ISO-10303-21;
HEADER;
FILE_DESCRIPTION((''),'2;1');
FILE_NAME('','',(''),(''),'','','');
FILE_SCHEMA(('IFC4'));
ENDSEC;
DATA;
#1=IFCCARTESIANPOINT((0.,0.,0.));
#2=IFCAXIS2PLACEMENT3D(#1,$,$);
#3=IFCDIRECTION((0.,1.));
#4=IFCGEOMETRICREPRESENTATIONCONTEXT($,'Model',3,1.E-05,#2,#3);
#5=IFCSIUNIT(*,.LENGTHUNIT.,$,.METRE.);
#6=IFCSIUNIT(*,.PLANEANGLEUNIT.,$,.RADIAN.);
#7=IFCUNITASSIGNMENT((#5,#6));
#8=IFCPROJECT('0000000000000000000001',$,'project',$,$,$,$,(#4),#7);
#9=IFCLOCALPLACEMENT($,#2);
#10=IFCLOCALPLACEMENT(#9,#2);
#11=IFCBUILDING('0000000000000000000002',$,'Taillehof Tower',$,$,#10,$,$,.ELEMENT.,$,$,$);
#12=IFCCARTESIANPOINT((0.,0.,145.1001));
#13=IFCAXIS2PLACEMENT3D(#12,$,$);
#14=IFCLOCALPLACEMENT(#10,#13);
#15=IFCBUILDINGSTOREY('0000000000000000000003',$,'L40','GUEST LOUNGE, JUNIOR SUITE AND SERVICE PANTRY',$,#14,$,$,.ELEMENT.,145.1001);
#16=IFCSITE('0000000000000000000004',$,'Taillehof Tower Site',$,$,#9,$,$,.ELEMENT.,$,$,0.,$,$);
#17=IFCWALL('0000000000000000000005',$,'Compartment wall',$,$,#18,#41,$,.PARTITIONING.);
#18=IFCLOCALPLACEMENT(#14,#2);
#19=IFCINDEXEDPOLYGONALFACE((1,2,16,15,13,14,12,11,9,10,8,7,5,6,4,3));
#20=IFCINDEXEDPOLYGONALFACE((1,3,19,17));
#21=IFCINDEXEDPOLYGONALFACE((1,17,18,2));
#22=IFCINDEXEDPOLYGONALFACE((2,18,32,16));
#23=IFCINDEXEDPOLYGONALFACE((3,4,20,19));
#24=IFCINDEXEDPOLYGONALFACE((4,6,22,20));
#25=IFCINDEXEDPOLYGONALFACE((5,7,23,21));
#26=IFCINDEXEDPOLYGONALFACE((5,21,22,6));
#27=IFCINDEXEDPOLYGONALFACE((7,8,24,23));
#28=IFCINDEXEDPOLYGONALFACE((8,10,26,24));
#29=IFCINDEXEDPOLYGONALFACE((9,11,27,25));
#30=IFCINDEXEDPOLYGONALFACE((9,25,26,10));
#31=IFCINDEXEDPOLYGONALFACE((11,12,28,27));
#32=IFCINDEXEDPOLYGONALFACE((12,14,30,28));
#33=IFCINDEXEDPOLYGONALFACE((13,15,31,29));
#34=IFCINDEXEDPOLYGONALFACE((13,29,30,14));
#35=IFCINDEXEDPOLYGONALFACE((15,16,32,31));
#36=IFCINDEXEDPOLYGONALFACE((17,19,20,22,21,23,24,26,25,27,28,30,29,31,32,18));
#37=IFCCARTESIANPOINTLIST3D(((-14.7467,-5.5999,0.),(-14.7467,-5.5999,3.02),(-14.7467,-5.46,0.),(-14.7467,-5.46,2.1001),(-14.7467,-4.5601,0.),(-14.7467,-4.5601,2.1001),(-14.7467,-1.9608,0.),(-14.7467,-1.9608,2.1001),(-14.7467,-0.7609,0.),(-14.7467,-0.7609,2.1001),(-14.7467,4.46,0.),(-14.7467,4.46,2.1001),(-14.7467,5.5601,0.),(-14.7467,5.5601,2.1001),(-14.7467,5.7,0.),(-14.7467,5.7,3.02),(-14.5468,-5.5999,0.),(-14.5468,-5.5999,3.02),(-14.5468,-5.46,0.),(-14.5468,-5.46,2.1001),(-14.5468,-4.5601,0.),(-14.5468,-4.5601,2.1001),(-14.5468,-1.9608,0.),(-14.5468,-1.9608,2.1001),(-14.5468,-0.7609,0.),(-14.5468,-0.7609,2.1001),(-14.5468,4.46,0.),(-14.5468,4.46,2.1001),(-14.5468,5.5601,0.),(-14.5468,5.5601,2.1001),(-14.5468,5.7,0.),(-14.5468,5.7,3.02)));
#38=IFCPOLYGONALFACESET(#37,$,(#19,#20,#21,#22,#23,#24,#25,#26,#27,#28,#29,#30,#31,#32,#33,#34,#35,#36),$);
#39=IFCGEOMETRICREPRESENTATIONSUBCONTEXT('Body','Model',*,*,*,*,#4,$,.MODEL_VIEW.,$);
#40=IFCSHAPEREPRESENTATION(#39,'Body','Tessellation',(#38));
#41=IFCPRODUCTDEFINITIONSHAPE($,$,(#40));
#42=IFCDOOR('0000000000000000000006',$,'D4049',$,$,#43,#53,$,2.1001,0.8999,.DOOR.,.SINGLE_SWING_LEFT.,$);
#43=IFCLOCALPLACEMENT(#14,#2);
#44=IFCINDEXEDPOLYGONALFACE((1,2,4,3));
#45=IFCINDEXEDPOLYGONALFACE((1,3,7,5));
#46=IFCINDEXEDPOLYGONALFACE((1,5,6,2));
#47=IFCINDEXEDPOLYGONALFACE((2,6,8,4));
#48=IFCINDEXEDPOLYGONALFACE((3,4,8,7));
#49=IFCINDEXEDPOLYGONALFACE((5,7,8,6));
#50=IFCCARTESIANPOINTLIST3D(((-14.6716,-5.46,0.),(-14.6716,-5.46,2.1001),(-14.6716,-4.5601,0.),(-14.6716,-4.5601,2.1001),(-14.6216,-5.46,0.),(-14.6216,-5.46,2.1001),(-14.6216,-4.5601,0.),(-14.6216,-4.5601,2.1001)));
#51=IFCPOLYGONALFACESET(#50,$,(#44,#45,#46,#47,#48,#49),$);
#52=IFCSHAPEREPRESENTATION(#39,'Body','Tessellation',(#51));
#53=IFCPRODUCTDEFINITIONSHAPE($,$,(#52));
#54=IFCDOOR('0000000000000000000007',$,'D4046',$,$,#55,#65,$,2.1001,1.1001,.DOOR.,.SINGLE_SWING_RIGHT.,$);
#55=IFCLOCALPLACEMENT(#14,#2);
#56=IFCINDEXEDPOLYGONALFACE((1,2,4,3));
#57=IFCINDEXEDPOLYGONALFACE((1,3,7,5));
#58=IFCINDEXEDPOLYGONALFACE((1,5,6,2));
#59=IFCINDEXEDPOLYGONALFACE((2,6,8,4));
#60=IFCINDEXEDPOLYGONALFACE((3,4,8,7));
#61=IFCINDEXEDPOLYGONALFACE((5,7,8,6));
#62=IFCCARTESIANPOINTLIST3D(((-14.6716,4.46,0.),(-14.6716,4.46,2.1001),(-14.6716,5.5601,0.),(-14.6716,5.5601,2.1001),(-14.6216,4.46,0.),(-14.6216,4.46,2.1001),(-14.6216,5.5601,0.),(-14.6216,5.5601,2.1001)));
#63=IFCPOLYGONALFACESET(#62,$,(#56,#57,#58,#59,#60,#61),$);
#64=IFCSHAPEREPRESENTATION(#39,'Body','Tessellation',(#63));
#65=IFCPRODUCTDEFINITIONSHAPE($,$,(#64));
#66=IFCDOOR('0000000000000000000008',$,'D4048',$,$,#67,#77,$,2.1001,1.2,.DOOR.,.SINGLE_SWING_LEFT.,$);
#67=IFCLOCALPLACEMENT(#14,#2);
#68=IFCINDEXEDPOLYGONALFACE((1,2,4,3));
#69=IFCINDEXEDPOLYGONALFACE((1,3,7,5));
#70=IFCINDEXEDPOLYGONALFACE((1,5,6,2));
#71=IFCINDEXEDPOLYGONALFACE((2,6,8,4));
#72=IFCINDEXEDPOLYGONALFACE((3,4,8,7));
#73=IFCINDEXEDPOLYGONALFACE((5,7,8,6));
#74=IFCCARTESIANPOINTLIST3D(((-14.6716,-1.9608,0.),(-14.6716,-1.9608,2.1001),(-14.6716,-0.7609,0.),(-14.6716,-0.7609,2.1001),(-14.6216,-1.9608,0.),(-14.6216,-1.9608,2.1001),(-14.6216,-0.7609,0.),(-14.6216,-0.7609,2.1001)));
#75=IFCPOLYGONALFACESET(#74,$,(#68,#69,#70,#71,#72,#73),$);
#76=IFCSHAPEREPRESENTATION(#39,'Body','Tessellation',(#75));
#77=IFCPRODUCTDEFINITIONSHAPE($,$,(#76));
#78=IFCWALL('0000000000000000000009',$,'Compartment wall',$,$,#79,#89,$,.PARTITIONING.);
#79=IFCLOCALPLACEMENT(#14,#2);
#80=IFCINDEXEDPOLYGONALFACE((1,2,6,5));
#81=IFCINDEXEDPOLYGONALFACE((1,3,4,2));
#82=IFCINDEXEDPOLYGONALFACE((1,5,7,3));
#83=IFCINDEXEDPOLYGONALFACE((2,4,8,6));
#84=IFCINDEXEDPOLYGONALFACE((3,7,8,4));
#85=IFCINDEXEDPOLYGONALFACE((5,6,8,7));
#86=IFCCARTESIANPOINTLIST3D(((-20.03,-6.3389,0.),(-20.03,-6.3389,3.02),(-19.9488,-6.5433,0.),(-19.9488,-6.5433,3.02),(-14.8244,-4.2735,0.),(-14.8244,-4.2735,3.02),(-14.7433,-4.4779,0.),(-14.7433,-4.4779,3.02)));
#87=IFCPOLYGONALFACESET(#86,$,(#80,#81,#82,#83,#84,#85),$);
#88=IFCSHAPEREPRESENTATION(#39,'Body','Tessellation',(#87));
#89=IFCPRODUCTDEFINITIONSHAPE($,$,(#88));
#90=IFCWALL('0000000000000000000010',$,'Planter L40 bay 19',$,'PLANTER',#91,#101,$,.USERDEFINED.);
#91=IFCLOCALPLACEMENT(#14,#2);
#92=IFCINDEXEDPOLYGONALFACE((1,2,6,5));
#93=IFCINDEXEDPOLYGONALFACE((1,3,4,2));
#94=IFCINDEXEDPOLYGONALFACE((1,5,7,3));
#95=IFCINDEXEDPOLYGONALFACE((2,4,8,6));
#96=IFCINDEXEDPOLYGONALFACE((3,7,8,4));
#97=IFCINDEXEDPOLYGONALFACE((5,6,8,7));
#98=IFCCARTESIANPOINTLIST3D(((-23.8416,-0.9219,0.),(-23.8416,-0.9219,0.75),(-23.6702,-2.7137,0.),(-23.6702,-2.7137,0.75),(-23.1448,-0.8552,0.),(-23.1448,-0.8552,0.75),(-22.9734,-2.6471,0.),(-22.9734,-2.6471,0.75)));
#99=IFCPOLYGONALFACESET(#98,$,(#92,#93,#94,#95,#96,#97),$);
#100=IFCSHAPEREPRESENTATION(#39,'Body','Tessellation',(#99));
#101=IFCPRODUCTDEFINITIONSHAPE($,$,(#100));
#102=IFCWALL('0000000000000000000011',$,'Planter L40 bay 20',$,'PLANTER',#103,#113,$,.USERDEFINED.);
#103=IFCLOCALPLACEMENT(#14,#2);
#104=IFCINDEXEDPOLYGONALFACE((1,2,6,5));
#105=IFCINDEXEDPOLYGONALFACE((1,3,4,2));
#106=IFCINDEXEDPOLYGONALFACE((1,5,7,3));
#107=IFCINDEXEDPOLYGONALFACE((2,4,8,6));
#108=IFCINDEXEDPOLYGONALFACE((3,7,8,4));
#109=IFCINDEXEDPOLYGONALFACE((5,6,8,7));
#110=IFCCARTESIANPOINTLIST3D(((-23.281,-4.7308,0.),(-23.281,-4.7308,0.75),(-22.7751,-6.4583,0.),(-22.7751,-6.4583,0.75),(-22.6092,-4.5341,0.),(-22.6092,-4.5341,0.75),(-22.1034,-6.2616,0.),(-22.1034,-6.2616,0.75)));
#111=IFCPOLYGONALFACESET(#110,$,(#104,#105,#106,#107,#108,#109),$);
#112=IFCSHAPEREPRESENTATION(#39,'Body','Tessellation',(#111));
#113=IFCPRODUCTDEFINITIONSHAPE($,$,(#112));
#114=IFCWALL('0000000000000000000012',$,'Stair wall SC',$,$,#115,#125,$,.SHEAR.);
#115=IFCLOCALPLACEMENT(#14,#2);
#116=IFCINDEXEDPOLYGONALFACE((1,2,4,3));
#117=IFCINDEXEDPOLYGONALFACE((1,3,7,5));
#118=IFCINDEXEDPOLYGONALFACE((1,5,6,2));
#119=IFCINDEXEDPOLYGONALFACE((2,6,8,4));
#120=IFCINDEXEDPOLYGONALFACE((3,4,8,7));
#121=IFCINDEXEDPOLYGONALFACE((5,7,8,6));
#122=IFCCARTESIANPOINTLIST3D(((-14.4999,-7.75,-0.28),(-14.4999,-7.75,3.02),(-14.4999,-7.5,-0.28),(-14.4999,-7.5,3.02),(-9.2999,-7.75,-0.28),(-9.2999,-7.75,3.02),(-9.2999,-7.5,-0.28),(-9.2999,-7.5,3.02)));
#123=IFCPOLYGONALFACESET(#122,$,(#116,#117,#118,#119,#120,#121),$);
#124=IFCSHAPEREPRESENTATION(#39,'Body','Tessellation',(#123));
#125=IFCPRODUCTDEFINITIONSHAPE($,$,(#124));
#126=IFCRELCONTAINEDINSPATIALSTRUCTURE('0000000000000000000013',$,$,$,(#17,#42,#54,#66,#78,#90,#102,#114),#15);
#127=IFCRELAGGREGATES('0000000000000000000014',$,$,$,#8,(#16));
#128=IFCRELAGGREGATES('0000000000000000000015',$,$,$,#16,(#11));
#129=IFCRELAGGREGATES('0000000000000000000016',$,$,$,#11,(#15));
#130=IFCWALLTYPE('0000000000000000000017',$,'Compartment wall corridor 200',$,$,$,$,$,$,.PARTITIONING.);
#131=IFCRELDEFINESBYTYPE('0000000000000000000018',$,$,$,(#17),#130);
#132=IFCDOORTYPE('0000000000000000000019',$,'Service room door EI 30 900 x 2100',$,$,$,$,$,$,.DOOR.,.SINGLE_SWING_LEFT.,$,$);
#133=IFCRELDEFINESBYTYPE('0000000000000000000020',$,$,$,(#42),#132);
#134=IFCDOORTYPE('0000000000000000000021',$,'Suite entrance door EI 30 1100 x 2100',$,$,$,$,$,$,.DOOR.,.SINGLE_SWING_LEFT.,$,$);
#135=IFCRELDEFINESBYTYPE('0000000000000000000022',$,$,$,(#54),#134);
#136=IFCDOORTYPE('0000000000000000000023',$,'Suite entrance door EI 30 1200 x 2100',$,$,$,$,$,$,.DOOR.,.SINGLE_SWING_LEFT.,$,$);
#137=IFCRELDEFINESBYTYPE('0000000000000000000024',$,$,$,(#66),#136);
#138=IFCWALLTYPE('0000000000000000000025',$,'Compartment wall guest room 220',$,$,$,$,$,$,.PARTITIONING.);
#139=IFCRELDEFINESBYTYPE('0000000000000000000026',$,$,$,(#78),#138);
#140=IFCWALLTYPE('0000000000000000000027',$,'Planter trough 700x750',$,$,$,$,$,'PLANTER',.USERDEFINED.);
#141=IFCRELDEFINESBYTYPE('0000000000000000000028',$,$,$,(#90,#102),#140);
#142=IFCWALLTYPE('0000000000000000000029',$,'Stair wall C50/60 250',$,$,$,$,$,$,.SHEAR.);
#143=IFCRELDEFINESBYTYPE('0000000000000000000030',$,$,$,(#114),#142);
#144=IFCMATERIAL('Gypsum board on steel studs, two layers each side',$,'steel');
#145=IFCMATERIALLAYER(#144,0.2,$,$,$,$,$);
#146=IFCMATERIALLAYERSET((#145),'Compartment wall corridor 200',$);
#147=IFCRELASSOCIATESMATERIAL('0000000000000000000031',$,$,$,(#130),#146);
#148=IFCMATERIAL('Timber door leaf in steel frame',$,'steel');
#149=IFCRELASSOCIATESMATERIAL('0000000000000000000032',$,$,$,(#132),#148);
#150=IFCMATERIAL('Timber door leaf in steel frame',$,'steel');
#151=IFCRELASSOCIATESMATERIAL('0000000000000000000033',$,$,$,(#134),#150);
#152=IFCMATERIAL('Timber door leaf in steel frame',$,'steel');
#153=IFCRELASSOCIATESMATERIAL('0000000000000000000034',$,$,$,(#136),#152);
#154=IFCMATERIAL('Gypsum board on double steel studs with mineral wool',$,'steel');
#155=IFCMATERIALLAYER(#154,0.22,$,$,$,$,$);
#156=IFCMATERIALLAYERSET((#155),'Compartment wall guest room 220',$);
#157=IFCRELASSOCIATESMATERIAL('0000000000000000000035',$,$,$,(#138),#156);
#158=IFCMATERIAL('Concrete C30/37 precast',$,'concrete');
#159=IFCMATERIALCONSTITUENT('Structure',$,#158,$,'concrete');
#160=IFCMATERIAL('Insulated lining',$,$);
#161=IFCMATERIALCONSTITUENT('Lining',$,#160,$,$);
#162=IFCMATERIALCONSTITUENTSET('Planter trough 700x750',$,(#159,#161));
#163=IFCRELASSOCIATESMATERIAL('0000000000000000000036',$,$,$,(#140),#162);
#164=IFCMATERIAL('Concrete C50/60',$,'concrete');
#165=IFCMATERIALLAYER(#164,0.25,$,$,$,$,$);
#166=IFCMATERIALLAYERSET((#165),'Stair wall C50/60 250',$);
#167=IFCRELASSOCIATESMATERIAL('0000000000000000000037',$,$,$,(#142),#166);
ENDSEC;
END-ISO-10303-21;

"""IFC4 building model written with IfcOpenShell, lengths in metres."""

from ifc_helpers import new_model, si_unit, direction, frame, frame_2d, origin, place, context, subcontext, project, spatial, rectangle, extrude, material, layer, layer_set, constituent, constituent_set, type_object, element, fill, save


model = new_model("IFC4")

# Units and contexts
model_context = context("Model", 3, precision=1e-05, world=origin(), true_north=direction((0.0, 1.0)))
body_context = subcontext(model_context, "Body", "Model", "MODEL_VIEW")
ifc_project = project(units=[si_unit("LENGTHUNIT", "METRE"), si_unit("PLANEANGLEUNIT", "RADIAN")], contexts=[model_context])

# Site, building, storey
site_placement = place(None, origin())
site = spatial("IfcSite", under=ifc_project, at=site_placement, Name="Taillehof Tower Site", CompositionType="ELEMENT", RefElevation=0.0)
building_placement = place(site_placement, origin())
building = spatial("IfcBuilding", under=site, at=building_placement, Name="Taillehof Tower", CompositionType="ELEMENT")
storey_placement = place(building_placement, frame((0.0, 0.0, 145.1001)))
storey = spatial("IfcBuildingStorey", under=building, at=storey_placement, Name="L40", Description="GUEST LOUNGE, JUNIOR SUITE AND SERVICE PANTRY", CompositionType="ELEMENT", Elevation=145.1001)

# Shared definitions
ifc_material_1 = material(Name="Gypsum board on steel studs, two layers each side", Category="steel")
ifc_layer_1 = layer(ifc_material_1, 0.2)
ifc_layer_set_1 = layer_set([ifc_layer_1], Name="Compartment wall corridor 200")
wall_type_1 = type_object("IfcWallType", Name="Compartment wall corridor 200", PredefinedType="PARTITIONING", material=ifc_layer_set_1)

# Wall, openings, doors
wall_1_placement = place(storey_placement, frame((-14.6467, -5.5999, 0.0), z_axis=(0.0, 0.0, 1.0), x_axis=(0.0, 1.0, 0.0)))
wall_1 = element("IfcWall", 1, at=wall_1_placement, inside=storey, type_object=wall_type_1, Name="Compartment wall", PredefinedType="PARTITIONING", context=body_context, shape_type="SweptSolid", body=[
    extrude(rectangle(XDim=11.2998, YDim=0.2, at=frame_2d((5.6499, 0.0))), origin(), (0.0, 0.0, 1.0), 3.02),
])
opening_1_placement = place(wall_1_placement, frame((10.0598, 0.0, 0.0)))
opening_1 = element("IfcOpeningElement", 2, at=opening_1_placement, cuts=wall_1, PredefinedType="OPENING", context=body_context, shape_type="SweptSolid", body=[
    extrude(rectangle(XDim=1.1001, YDim=2.1001, at=frame_2d((0.55, 1.05))), frame((0.0, 0.1099, 0.0), z_axis=(0.0, -1.0, 0.0), x_axis=(1.0, 0.0, 0.0)), (0.0, 0.0, 1.0), 0.22),
])
opening_2_placement = place(wall_1_placement, frame((3.6389, 0.0, 0.0)))
opening_2 = element("IfcOpeningElement", 3, at=opening_2_placement, cuts=wall_1, PredefinedType="OPENING", context=body_context, shape_type="SweptSolid", body=[
    extrude(rectangle(XDim=1.2, YDim=2.1001, at=frame_2d((0.6001, 1.05))), frame((0.0, 0.1099, 0.0), z_axis=(0.0, -1.0, 0.0), x_axis=(1.0, 0.0, 0.0)), (0.0, 0.0, 1.0), 0.22),
])
opening_3_placement = place(wall_1_placement, frame((0.1399, 0.0, 0.0)))
opening_3 = element("IfcOpeningElement", 4, at=opening_3_placement, cuts=wall_1, PredefinedType="OPENING", context=body_context, shape_type="SweptSolid", body=[
    extrude(rectangle(XDim=0.8999, YDim=2.1001, at=frame_2d((0.45, 1.05))), frame((0.0, 0.1099, 0.0), z_axis=(0.0, -1.0, 0.0), x_axis=(1.0, 0.0, 0.0)), (0.0, 0.0, 1.0), 0.22),
])
ifc_material_2 = material(Name="Timber door leaf in steel frame", Category="steel")
door_type_1 = type_object("IfcDoorType", Name="Service room door EI 30 900 x 2100", OperationType="SINGLE_SWING_LEFT", PredefinedType="DOOR", material=ifc_material_2)
door_1_placement = place(opening_3_placement, origin())
door_1 = element("IfcDoor", 5, at=door_1_placement, inside=storey, type_object=door_type_1, Name="D4049", OperationType="SINGLE_SWING_LEFT", OverallHeight=2.1001, OverallWidth=0.8999, PredefinedType="DOOR", context=body_context, shape_type="SweptSolid", body=[
    extrude(rectangle(XDim=0.8999, YDim=2.1001, at=frame_2d((0.45, 1.05))), frame((0.0, 0.0249, 0.0), z_axis=(0.0, -1.0, 0.0), x_axis=(1.0, 0.0, 0.0)), (0.0, 0.0, 1.0), 0.05),
])
fill(opening_3, door_1)
ifc_material_3 = material(Name="Timber door leaf in steel frame", Category="steel")
door_type_2 = type_object("IfcDoorType", Name="Suite entrance door EI 30 1100 x 2100", OperationType="SINGLE_SWING_LEFT", PredefinedType="DOOR", material=ifc_material_3)
door_2_placement = place(opening_1_placement, origin())
door_2 = element("IfcDoor", 6, at=door_2_placement, inside=storey, type_object=door_type_2, Name="D4046", OperationType="SINGLE_SWING_RIGHT", OverallHeight=2.1001, OverallWidth=1.1001, PredefinedType="DOOR", context=body_context, shape_type="SweptSolid", body=[
    extrude(rectangle(XDim=1.1001, YDim=2.1001, at=frame_2d((0.55, 1.05))), frame((0.0, 0.0249, 0.0), z_axis=(0.0, -1.0, 0.0), x_axis=(1.0, 0.0, 0.0)), (0.0, 0.0, 1.0), 0.05),
])
fill(opening_1, door_2)
ifc_material_4 = material(Name="Timber door leaf in steel frame", Category="steel")
door_type_3 = type_object("IfcDoorType", Name="Suite entrance door EI 30 1200 x 2100", OperationType="SINGLE_SWING_LEFT", PredefinedType="DOOR", material=ifc_material_4)
door_3_placement = place(opening_2_placement, origin())
door_3 = element("IfcDoor", 7, at=door_3_placement, inside=storey, type_object=door_type_3, Name="D4048", OperationType="SINGLE_SWING_LEFT", OverallHeight=2.1001, OverallWidth=1.2, PredefinedType="DOOR", context=body_context, shape_type="SweptSolid", body=[
    extrude(rectangle(XDim=1.2, YDim=2.1001, at=frame_2d((0.6001, 1.05))), frame((0.0, 0.0249, 0.0), z_axis=(0.0, -1.0, 0.0), x_axis=(1.0, 0.0, 0.0)), (0.0, 0.0, 1.0), 0.05),
])
fill(opening_2, door_3)

# Walls
ifc_material_5 = material(Name="Gypsum board on double steel studs with mineral wool", Category="steel")
ifc_layer_2 = layer(ifc_material_5, 0.22)
ifc_layer_set_2 = layer_set([ifc_layer_2], Name="Compartment wall guest room 220")
wall_type_2 = type_object("IfcWallType", Name="Compartment wall guest room 220", PredefinedType="PARTITIONING", material=ifc_layer_set_2)
wall_2_placement = place(storey_placement, frame((-19.9895, -6.4412, 0.0), z_axis=(0.0, 0.0, 1.0), x_axis=(0.929507, 0.368804, 0.0)))
element("IfcWall", 8, at=wall_2_placement, inside=storey, type_object=wall_type_2, Name="Compartment wall", PredefinedType="PARTITIONING", context=body_context, shape_type="SweptSolid", body=[
    extrude(rectangle(XDim=5.6003, YDim=0.22, at=frame_2d((2.8003, 0.0))), origin(), (0.0, 0.0, 1.0), 3.02),
])
ifc_material_6 = material(Name="Concrete C30/37 precast", Category="concrete")
ifc_constituent_1 = constituent(ifc_material_6, Name="Structure", Category="concrete")
ifc_material_7 = material(Name="Insulated lining")
ifc_constituent_2 = constituent(ifc_material_7, Name="Lining")
ifc_constituent_set = constituent_set(constituents=[ifc_constituent_1, ifc_constituent_2], Name="Planter trough 700x750")
wall_type_3 = type_object("IfcWallType", Name="Planter trough 700x750", ElementType="PLANTER", PredefinedType="USERDEFINED", material=ifc_constituent_set)
for number, where, z_axis, x_axis, name in (
    (9, (-23.4932, -0.8887, 0.0), (0.0, 0.0, 1.0), (0.095206, -0.995458, 0.0), "Planter L40 bay 19"),
    (10, (-22.9451, -4.6326, 0.0), (0.0, 0.0, 1.0), (0.281021, -0.959702, 0.0), "Planter L40 bay 20"),
):
    element("IfcWall", number, at=place(storey_placement, frame(where, z_axis=z_axis, x_axis=x_axis)), inside=storey, type_object=wall_type_3, Name=name, ObjectType="PLANTER", PredefinedType="USERDEFINED", context=body_context, shape_type="SweptSolid", body=[
        extrude(rectangle(XDim=1.8, YDim=0.7, at=frame_2d((0.8999, 0.0))), origin(), (0.0, 0.0, 1.0), 0.75),
    ])
ifc_material_8 = material(Name="Concrete C50/60", Category="concrete")
ifc_layer_3 = layer(ifc_material_8, 0.25)
ifc_layer_set_3 = layer_set([ifc_layer_3], Name="Stair wall C50/60 250")
wall_type_4 = type_object("IfcWallType", Name="Stair wall C50/60 250", PredefinedType="SHEAR", material=ifc_layer_set_3)
wall_3_placement = place(storey_placement, frame((-14.5, -7.625, -0.28), z_axis=(0.0, 0.0, 1.0), x_axis=(1.0, 0.0, 0.0)))
element("IfcWall", 11, at=wall_3_placement, inside=storey, type_object=wall_type_4, Name="Stair wall SC", PredefinedType="SHEAR", context=body_context, shape_type="SweptSolid", body=[
    extrude(rectangle(XDim=5.2, YDim=0.25, at=frame_2d((2.6001, 0.0))), origin(), (0.0, 0.0, 1.0), 3.3),
])

save(model, "model.ifc")
